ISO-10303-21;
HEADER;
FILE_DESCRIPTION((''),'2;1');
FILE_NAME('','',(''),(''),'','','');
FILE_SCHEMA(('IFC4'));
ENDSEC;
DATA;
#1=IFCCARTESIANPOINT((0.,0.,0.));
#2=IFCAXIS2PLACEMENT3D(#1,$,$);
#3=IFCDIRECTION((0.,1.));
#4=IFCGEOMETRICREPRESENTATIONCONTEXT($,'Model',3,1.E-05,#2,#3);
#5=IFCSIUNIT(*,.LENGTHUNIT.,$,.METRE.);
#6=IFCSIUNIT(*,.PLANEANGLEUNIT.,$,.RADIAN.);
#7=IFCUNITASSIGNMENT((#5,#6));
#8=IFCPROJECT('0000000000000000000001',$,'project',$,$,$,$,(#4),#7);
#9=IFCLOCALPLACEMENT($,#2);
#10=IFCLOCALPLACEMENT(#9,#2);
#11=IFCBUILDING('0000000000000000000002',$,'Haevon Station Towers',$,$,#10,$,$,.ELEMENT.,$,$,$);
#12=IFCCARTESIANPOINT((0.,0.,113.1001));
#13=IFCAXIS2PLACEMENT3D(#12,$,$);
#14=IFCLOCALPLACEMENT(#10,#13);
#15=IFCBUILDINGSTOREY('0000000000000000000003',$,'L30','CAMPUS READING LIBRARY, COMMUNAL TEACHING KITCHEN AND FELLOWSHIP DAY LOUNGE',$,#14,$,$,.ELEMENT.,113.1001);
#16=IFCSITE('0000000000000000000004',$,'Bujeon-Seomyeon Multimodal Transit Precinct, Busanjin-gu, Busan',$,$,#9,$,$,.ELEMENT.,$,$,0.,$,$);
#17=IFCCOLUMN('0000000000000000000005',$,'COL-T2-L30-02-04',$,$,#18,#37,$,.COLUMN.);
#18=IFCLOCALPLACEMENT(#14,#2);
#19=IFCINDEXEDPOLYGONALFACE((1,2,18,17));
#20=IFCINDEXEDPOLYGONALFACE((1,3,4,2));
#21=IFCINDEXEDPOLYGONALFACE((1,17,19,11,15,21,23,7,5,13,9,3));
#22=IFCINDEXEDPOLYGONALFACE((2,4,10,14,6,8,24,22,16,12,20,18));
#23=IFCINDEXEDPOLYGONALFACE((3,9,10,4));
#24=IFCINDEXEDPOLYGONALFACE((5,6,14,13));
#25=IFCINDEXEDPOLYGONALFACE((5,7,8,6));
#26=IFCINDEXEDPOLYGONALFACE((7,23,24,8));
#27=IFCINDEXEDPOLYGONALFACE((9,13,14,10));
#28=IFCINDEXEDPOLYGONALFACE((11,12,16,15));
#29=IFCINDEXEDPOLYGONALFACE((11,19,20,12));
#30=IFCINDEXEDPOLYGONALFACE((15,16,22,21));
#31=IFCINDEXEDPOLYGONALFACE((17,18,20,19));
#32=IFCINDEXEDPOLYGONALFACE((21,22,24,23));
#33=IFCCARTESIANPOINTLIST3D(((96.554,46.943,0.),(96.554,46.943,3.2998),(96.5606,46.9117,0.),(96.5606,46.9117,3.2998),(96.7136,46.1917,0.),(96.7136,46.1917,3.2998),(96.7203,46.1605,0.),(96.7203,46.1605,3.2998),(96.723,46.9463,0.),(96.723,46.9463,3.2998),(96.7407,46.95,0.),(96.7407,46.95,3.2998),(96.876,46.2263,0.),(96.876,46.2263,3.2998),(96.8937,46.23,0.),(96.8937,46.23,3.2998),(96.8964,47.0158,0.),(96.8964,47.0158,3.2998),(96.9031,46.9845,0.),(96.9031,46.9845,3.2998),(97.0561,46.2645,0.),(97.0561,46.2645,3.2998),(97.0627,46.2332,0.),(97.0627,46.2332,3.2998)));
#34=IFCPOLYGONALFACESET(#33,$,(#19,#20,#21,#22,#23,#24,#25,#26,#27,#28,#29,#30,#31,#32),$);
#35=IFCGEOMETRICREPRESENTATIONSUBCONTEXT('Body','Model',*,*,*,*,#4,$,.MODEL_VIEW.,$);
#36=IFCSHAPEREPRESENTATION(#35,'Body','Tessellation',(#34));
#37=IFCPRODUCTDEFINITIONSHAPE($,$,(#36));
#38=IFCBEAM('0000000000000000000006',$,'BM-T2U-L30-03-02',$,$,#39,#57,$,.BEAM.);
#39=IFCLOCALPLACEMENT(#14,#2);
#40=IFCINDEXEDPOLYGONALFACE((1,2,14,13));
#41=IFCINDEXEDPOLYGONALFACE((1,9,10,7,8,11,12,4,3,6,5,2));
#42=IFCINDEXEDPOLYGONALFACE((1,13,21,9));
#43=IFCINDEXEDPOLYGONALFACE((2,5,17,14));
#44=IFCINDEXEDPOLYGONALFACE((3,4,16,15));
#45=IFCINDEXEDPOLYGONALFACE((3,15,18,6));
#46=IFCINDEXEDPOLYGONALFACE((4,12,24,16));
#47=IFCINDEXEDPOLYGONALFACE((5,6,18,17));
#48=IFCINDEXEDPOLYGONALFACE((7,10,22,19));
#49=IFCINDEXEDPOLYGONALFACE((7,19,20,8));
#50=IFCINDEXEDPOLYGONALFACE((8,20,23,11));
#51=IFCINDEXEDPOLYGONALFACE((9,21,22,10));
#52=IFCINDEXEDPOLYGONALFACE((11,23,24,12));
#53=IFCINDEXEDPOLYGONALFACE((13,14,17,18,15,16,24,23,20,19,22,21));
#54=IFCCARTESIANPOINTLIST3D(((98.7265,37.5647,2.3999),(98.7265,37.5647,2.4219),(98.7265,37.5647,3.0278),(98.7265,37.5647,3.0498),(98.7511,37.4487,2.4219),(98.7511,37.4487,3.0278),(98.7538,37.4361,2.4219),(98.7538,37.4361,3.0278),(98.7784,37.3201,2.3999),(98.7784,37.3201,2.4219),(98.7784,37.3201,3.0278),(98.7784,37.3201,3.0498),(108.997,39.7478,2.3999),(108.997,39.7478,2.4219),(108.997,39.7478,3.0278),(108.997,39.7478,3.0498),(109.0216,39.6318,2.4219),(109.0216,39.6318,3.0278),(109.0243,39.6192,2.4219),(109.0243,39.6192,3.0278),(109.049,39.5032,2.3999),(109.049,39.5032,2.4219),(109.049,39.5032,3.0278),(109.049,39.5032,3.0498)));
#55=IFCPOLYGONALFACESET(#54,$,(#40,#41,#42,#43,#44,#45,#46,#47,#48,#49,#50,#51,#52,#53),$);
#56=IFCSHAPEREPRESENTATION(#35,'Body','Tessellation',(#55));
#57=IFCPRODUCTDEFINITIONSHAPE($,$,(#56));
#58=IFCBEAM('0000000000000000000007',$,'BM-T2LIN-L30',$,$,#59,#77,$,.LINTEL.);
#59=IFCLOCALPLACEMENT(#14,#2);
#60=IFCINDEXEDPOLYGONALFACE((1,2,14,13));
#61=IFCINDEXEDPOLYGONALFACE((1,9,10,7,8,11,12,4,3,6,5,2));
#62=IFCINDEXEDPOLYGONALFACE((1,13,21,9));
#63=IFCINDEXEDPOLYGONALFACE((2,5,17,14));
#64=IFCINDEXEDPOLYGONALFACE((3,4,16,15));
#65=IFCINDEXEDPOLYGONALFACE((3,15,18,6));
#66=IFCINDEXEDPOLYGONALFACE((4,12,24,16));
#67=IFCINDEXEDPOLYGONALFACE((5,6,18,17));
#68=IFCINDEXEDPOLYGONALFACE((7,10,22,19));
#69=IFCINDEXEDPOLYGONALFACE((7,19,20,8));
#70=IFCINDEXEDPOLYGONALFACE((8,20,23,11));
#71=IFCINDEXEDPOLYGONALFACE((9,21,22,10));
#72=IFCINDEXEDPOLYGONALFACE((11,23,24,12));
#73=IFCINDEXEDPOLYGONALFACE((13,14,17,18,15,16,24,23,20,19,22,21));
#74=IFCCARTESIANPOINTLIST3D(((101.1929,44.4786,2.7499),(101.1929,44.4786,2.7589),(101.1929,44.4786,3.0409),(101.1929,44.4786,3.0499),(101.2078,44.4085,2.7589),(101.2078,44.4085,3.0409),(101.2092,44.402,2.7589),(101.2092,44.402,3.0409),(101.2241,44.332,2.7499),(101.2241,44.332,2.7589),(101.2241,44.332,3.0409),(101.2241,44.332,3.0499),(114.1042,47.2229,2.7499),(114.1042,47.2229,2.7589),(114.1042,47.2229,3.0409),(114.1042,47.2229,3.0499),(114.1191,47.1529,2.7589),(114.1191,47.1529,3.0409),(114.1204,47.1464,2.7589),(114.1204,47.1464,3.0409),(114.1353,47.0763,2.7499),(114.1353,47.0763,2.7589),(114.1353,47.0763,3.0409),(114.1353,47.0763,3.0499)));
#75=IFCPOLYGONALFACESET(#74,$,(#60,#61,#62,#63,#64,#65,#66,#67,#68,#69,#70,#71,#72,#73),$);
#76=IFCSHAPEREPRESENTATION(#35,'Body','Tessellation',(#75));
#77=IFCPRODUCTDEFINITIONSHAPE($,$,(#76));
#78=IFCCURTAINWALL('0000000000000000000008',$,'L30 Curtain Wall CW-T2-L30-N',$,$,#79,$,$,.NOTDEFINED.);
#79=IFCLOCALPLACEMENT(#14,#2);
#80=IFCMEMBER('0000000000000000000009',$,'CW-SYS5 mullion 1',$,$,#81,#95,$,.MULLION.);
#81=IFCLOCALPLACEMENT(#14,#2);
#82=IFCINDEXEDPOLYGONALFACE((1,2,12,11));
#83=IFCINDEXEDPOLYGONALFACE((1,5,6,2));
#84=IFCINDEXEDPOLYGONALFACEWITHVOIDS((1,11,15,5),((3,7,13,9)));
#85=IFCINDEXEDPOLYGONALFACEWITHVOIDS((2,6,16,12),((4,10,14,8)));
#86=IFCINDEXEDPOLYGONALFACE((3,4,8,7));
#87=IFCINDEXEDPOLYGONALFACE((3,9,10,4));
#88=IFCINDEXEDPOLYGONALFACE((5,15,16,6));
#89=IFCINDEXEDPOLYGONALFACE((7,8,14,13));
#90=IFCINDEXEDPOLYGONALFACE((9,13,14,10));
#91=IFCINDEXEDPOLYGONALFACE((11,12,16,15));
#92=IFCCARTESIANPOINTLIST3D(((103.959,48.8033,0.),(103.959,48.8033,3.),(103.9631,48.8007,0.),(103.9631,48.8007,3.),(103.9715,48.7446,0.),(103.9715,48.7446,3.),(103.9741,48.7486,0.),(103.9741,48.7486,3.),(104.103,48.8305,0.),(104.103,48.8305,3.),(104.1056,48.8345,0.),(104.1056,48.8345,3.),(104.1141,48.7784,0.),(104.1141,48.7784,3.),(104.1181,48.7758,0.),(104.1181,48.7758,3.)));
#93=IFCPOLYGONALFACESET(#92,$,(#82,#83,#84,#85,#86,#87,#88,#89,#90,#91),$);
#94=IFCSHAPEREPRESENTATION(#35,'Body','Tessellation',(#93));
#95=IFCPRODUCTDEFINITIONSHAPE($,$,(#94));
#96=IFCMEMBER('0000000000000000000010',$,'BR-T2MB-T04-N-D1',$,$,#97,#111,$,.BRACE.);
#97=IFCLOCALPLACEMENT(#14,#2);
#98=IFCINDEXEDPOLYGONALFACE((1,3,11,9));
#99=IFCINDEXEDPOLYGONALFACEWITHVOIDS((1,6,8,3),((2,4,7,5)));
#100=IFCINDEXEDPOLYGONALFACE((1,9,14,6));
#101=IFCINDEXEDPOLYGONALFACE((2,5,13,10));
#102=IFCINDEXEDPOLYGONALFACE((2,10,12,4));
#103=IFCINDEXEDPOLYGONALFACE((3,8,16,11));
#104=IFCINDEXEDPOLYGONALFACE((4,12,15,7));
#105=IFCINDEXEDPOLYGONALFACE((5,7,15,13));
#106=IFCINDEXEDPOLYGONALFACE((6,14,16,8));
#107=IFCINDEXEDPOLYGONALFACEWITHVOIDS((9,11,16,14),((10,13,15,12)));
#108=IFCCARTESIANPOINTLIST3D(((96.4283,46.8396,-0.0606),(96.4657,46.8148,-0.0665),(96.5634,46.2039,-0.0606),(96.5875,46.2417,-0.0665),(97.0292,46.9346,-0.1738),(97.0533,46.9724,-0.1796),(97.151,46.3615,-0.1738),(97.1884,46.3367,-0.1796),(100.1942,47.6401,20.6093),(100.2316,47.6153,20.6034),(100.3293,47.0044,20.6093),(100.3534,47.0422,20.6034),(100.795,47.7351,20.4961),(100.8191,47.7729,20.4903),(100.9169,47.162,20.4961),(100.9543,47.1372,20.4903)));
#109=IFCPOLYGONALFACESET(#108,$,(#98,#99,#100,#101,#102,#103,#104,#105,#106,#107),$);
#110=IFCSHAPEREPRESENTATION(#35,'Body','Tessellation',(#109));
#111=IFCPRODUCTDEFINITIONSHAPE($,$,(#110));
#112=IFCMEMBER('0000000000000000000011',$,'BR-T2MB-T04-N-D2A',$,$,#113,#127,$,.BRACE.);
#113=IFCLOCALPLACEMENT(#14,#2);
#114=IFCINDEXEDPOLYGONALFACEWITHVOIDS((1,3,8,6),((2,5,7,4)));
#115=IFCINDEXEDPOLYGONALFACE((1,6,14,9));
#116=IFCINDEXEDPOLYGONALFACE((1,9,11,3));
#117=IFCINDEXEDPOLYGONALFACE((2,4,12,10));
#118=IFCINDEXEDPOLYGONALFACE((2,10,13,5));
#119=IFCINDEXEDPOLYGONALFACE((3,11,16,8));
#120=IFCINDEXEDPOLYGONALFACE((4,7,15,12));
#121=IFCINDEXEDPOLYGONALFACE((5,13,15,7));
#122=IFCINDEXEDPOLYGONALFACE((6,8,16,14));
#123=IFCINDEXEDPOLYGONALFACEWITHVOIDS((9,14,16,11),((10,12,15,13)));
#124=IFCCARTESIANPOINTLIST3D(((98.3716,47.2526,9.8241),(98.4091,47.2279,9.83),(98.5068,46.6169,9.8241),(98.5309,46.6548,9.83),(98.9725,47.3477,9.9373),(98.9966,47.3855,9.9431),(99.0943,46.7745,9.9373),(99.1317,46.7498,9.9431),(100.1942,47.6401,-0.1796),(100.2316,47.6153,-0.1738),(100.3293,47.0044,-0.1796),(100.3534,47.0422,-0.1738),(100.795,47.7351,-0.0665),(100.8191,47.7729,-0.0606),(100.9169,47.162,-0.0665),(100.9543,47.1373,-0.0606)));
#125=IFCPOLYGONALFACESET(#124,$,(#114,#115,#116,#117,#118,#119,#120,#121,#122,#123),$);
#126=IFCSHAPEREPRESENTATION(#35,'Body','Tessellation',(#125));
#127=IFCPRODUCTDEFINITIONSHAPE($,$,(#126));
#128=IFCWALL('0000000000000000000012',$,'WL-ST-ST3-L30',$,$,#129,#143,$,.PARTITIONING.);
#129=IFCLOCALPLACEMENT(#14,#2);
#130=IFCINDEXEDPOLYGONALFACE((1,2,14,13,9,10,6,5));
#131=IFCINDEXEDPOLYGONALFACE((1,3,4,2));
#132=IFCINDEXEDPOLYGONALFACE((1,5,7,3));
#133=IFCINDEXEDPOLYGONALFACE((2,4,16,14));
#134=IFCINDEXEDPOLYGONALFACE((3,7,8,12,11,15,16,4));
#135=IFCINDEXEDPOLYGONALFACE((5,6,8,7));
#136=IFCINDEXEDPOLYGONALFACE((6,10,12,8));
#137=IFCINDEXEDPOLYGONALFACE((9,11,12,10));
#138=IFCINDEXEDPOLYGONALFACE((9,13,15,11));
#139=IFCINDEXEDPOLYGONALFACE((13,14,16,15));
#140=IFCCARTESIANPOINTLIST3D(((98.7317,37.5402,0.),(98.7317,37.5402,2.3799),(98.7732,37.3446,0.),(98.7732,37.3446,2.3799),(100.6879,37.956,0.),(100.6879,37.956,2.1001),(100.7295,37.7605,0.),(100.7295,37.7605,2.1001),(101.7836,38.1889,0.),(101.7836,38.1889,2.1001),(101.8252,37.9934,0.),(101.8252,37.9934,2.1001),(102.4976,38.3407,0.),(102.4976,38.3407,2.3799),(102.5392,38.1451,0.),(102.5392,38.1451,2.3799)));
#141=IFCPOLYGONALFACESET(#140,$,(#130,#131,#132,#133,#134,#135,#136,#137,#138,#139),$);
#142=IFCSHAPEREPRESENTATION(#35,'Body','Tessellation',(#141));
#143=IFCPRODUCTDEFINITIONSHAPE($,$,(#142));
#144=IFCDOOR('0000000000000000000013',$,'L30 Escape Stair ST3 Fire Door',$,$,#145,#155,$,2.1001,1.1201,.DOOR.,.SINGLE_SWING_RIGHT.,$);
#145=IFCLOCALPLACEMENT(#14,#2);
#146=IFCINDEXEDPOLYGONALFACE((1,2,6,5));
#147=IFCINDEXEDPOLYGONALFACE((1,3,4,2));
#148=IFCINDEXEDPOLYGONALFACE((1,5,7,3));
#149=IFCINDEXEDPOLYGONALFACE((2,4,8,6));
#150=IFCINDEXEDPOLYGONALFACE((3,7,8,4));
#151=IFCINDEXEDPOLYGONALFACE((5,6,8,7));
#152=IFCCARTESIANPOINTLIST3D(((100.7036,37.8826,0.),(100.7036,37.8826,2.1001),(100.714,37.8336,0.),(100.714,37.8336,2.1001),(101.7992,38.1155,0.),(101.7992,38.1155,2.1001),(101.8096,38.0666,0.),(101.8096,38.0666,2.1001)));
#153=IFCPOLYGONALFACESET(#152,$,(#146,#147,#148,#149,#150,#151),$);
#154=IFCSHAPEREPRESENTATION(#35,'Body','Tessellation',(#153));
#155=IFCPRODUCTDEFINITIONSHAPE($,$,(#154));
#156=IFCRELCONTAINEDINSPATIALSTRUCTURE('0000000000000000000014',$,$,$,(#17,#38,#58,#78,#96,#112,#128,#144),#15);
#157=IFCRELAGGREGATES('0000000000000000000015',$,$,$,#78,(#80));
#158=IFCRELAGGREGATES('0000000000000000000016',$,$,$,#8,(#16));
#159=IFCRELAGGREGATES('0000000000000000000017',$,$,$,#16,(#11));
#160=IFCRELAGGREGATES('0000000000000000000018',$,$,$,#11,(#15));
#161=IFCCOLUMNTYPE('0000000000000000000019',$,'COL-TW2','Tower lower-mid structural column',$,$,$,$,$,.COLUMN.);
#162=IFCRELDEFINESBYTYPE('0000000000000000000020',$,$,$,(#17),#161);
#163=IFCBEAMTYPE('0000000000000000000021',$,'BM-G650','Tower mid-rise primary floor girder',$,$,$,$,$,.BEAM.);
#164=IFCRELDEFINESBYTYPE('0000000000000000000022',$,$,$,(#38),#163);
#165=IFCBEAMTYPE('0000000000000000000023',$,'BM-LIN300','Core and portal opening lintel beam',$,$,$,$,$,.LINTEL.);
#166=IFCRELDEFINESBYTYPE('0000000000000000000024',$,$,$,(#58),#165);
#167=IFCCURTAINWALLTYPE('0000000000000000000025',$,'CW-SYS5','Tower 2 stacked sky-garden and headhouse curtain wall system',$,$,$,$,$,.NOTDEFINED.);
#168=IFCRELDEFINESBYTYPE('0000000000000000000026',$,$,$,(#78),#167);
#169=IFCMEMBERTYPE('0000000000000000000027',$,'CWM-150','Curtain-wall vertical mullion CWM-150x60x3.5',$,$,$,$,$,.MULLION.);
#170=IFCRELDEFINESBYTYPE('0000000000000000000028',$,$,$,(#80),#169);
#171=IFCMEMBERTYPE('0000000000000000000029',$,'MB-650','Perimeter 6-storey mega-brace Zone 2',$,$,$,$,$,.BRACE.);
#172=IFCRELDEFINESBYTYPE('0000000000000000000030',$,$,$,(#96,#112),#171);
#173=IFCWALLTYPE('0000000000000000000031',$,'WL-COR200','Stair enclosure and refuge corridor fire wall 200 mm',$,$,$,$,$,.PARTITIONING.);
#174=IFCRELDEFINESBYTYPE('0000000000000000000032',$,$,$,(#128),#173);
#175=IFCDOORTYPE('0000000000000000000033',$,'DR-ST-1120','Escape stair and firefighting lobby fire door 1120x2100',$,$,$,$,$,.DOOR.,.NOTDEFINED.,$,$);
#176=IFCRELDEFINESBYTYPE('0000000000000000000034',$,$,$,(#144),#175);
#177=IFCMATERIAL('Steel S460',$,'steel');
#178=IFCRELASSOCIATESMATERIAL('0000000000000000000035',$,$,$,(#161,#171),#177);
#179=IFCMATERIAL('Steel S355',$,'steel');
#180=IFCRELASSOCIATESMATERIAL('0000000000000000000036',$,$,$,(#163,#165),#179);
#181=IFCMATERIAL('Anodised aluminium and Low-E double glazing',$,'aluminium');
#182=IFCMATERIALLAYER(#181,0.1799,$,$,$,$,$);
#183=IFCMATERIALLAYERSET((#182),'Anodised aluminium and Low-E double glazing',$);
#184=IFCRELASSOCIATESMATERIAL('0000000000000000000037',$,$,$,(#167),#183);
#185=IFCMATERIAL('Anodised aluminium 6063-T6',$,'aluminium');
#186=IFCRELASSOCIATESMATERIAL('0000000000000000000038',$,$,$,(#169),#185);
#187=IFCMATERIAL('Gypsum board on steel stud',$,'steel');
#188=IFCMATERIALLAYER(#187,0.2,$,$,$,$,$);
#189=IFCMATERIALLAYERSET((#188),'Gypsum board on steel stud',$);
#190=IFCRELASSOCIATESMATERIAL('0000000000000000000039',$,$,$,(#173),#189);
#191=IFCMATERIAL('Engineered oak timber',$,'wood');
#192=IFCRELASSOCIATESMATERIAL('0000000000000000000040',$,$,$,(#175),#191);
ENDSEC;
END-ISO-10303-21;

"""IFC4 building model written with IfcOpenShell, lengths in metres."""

from ifc_helpers import new_model, si_unit, direction, frame, frame_2d, origin, origin_2d, place, context, subcontext, project, spatial, rectangle, hollow_rectangle, i_section, extrude, material, layer, layer_set, material_profile, profile_set, type_object, element, fill, aggregate, save


model = new_model("IFC4")

# Units and contexts
model_context = context("Model", 3, precision=1e-05, world=origin(), true_north=direction((0.0, 1.0)))
body_context = subcontext(model_context, "Body", "Model", "MODEL_VIEW")
ifc_project = project(units=[si_unit("LENGTHUNIT", "METRE"), si_unit("PLANEANGLEUNIT", "RADIAN")], contexts=[model_context])

# Site, building, storey
site_placement = place(None, origin())
site = spatial("IfcSite", under=ifc_project, at=site_placement, Name="Bujeon-Seomyeon Multimodal Transit Precinct, Busanjin-gu, Busan", CompositionType="ELEMENT", RefElevation=0.0)
building_placement = place(site_placement, origin())
building = spatial("IfcBuilding", under=site, at=building_placement, Name="Haevon Station Towers", CompositionType="ELEMENT")
storey_placement = place(building_placement, frame((0.0, 0.0, 113.1001)))
storey = spatial("IfcBuildingStorey", under=building, at=storey_placement, Name="L30", Description="CAMPUS READING LIBRARY, COMMUNAL TEACHING KITCHEN AND FELLOWSHIP DAY LOUNGE", CompositionType="ELEMENT", Elevation=113.1001)

# Column
ifc_material_1 = material(Name="Steel S460", Category="steel")
ifc_material_profile_1 = material_profile(ifc_material_1, i_section(OverallWidth=0.3501, OverallDepth=0.8, WebThickness=0.0181, FlangeThickness=0.032, at=origin_2d()), Name="H-800x350x18x32")
ifc_profile_set_1 = profile_set([ifc_material_profile_1], Name="Steel S460")
column_type = type_object("IfcColumnType", Name="COL-TW2", Description="Tower lower-mid structural column", PredefinedType="COLUMN", material=ifc_profile_set_1)
column_placement = place(storey_placement, frame((96.8083, 46.5881, 0.0), z_axis=(0.0, 0.0, 1.0), x_axis=(0.978148, 0.207912, 0.0)))
element("IfcColumn", 1, at=column_placement, inside=storey, type_object=column_type, Name="COL-T2-L30-02-04", PredefinedType="COLUMN", context=body_context, shape_type="SweptSolid", body=[
    extrude(i_section(OverallWidth=0.3501, OverallDepth=0.8, WebThickness=0.0181, FlangeThickness=0.032, at=origin_2d()), origin(), (0.0, 0.0, 1.0), 3.2998),
])

# Beams
ifc_material_2 = material(Name="Steel S355", Category="steel")
ifc_material_profile_2 = material_profile(ifc_material_2, i_section(OverallWidth=0.25, OverallDepth=0.6499, WebThickness=0.0129, FlangeThickness=0.022, at=origin_2d()), Name="H-650x250x13x22")
ifc_profile_set_2 = profile_set([ifc_material_profile_2], Name="Steel S355")
beam_type_1 = type_object("IfcBeamType", Name="BM-G650", Description="Tower mid-rise primary floor girder", PredefinedType="BEAM", material=ifc_profile_set_2)
beam_1_placement = place(storey_placement, frame((98.7524, 37.4424, 2.7249), z_axis=(0.978147, 0.207915, 0.0), x_axis=(-0.207915, 0.978147, 0.0)))
element("IfcBeam", 2, at=beam_1_placement, inside=storey, type_object=beam_type_1, Name="BM-T2U-L30-03-02", PredefinedType="BEAM", context=body_context, shape_type="SweptSolid", body=[
    extrude(i_section(OverallWidth=0.25, OverallDepth=0.6499, WebThickness=0.0129, FlangeThickness=0.022, at=origin_2d()), origin(), (0.0, 0.0, 1.0), 10.5),
])
ifc_material_profile_3 = material_profile(ifc_material_2, i_section(OverallWidth=0.1499, OverallDepth=0.3, WebThickness=0.0066, FlangeThickness=0.009, at=origin_2d()), Name="H-300x150x6.5x9")
ifc_profile_set_3 = profile_set([ifc_material_profile_3], Name="Steel S355")
beam_type_2 = type_object("IfcBeamType", Name="BM-LIN300", Description="Core and portal opening lintel beam", PredefinedType="LINTEL", material=ifc_profile_set_3)
beam_2_placement = place(storey_placement, frame((101.2085, 44.4053, 2.8999), z_axis=(0.978148, 0.207911, 0.0), x_axis=(-0.207911, 0.978148, 0.0)))
element("IfcBeam", 3, at=beam_2_placement, inside=storey, type_object=beam_type_2, Name="BM-T2LIN-L30", PredefinedType="LINTEL", context=body_context, shape_type="SweptSolid", body=[
    extrude(i_section(OverallWidth=0.1499, OverallDepth=0.3, WebThickness=0.0066, FlangeThickness=0.009, at=origin_2d()), origin(), (0.0, 0.0, 1.0), 13.1997),
])

# Curtain wall, member
ifc_material_3 = material(Name="Anodised aluminium and Low-E double glazing", Category="aluminium")
ifc_layer_1 = layer(ifc_material_3, 0.1799)
ifc_layer_set_1 = layer_set([ifc_layer_1], Name="Anodised aluminium and Low-E double glazing")
curtain_wall_type = type_object("IfcCurtainWallType", Name="CW-SYS5", Description="Tower 2 stacked sky-garden and headhouse curtain wall system", PredefinedType="NOTDEFINED", material=ifc_layer_set_1)
curtain_wall_placement = place(storey_placement, origin())
curtain_wall = element("IfcCurtainWall", 4, at=curtain_wall_placement, inside=storey, type_object=curtain_wall_type, Name="L30 Curtain Wall CW-T2-L30-N", PredefinedType="NOTDEFINED")
ifc_material_4 = material(Name="Anodised aluminium 6063-T6", Category="aluminium")
ifc_material_profile_4 = material_profile(ifc_material_4, hollow_rectangle(XDim=0.0601, YDim=0.1499, WallThickness=0.0034, at=origin_2d()), Name="CWM-150x60x3.5")
ifc_profile_set_4 = profile_set([ifc_material_profile_4], Name="Anodised aluminium 6063-T6")
member_type_1 = type_object("IfcMemberType", Name="CWM-150", Description="Curtain-wall vertical mullion CWM-150x60x3.5", PredefinedType="MULLION", material=ifc_profile_set_4)
member_1_placement = place(storey_placement, frame((104.0386, 48.7896, 0.0), z_axis=(0.0, 0.0, 1.0), x_axis=(-0.207912, 0.978148, 0.0)))
member_1 = element("IfcMember", 5, at=member_1_placement, type_object=member_type_1, Name="CW-SYS5 mullion 1", PredefinedType="MULLION", context=body_context, shape_type="SweptSolid", body=[
    extrude(hollow_rectangle(XDim=0.0601, YDim=0.1499, WallThickness=0.0034, at=origin_2d()), origin(), (0.0, 0.0, 1.0), 3.0),
])
aggregate(curtain_wall, [member_1])

# Members
ifc_material_profile_5 = material_profile(ifc_material_1, hollow_rectangle(XDim=0.6499, YDim=0.6499, WallThickness=0.032, at=origin_2d()), Name="RHS-650x650x32")
ifc_profile_set_5 = profile_set([ifc_material_profile_5], Name="Steel S460")
member_type_2 = type_object("IfcMemberType", Name="MB-650", Description="Perimeter 6-storey mega-brace Zone 2", PredefinedType="BRACE", material=ifc_profile_set_5)
member_2_placement = place(storey_placement, frame((96.8083, 46.5881, -0.1201), z_axis=(0.17911, 0.038075, 0.983092), x_axis=(-0.207931, 0.978144, 0.0)))
element("IfcMember", 6, at=member_2_placement, inside=storey, type_object=member_type_2, Name="BR-T2MB-T04-N-D1", PredefinedType="BRACE", context=body_context, shape_type="SweptSolid", body=[
    extrude(hollow_rectangle(XDim=0.6499, YDim=0.6499, WallThickness=0.032, at=origin_2d()), origin(), (0.0, 0.0, 1.0), 21.0254),
])
member_3_placement = place(storey_placement, frame((100.5742, 47.3887, -0.1201), z_axis=(-0.179104, -0.038076, 0.983093), x_axis=(0.207945, -0.978141, 0.0)))
element("IfcMember", 7, at=member_3_placement, inside=storey, type_object=member_type_2, Name="BR-T2MB-T04-N-D2A", PredefinedType="BRACE", context=body_context, shape_type="SweptSolid", body=[
    extrude(hollow_rectangle(XDim=0.6499, YDim=0.6499, WallThickness=0.032, at=origin_2d()), origin(), (0.0, 0.0, 1.0), 10.1758),
])

# Wall, opening, door
ifc_material_5 = material(Name="Gypsum board on steel stud", Category="steel")
ifc_layer_2 = layer(ifc_material_5, 0.2)
ifc_layer_set_2 = layer_set([ifc_layer_2], Name="Gypsum board on steel stud")
wall_type_1 = type_object("IfcWallType", Name="WL-COR200", Description="Stair enclosure and refuge corridor fire wall 200 mm", PredefinedType="PARTITIONING", material=ifc_layer_set_2)
wall_1_placement = place(storey_placement, frame((98.7524, 37.4424, 0.0), z_axis=(0.0, 0.0, 1.0), x_axis=(0.978144, 0.207931, 0.0)))
wall_1 = element("IfcWall", 8, at=wall_1_placement, inside=storey, type_object=wall_type_1, Name="WL-ST-ST3-L30", PredefinedType="PARTITIONING", context=body_context, shape_type="SweptSolid", body=[
    extrude(rectangle(XDim=3.8501, YDim=0.2, at=frame_2d((1.925, 0.0))), origin(), (0.0, 0.0, 1.0), 2.3799),
])
opening_1_placement = place(wall_1_placement, frame((2.0, 0.0, 0.0)))
opening_1 = element("IfcOpeningElement", 9, at=opening_1_placement, cuts=wall_1, PredefinedType="OPENING", context=body_context, shape_type="SweptSolid", body=[
    extrude(rectangle(XDim=1.1201, YDim=2.1001, at=frame_2d((0.5601, 1.05))), frame((0.0, 0.1099, 0.0), z_axis=(0.0, -1.0, 0.0), x_axis=(1.0, 0.0, 0.0)), (0.0, 0.0, 1.0), 0.22),
])
ifc_material_6 = material(Name="Engineered oak timber", Category="wood")
door_type_1 = type_object("IfcDoorType", Name="DR-ST-1120", Description="Escape stair and firefighting lobby fire door 1120x2100", OperationType="NOTDEFINED", PredefinedType="DOOR", material=ifc_material_6)
door_1_placement = place(opening_1_placement, origin())
door_1 = element("IfcDoor", 10, at=door_1_placement, inside=storey, type_object=door_type_1, Name="L30 Escape Stair ST3 Fire Door", OperationType="SINGLE_SWING_RIGHT", OverallHeight=2.1001, OverallWidth=1.1201, PredefinedType="DOOR", context=body_context, shape_type="SweptSolid", body=[
    extrude(rectangle(XDim=1.1201, YDim=2.1001, at=frame_2d((0.5601, 1.05))), frame((0.0, 0.0249, 0.0), z_axis=(0.0, -1.0, 0.0), x_axis=(1.0, 0.0, 0.0)), (0.0, 0.0, 1.0), 0.05),
])
fill(opening_1, door_1)

save(model, "model.ifc")
